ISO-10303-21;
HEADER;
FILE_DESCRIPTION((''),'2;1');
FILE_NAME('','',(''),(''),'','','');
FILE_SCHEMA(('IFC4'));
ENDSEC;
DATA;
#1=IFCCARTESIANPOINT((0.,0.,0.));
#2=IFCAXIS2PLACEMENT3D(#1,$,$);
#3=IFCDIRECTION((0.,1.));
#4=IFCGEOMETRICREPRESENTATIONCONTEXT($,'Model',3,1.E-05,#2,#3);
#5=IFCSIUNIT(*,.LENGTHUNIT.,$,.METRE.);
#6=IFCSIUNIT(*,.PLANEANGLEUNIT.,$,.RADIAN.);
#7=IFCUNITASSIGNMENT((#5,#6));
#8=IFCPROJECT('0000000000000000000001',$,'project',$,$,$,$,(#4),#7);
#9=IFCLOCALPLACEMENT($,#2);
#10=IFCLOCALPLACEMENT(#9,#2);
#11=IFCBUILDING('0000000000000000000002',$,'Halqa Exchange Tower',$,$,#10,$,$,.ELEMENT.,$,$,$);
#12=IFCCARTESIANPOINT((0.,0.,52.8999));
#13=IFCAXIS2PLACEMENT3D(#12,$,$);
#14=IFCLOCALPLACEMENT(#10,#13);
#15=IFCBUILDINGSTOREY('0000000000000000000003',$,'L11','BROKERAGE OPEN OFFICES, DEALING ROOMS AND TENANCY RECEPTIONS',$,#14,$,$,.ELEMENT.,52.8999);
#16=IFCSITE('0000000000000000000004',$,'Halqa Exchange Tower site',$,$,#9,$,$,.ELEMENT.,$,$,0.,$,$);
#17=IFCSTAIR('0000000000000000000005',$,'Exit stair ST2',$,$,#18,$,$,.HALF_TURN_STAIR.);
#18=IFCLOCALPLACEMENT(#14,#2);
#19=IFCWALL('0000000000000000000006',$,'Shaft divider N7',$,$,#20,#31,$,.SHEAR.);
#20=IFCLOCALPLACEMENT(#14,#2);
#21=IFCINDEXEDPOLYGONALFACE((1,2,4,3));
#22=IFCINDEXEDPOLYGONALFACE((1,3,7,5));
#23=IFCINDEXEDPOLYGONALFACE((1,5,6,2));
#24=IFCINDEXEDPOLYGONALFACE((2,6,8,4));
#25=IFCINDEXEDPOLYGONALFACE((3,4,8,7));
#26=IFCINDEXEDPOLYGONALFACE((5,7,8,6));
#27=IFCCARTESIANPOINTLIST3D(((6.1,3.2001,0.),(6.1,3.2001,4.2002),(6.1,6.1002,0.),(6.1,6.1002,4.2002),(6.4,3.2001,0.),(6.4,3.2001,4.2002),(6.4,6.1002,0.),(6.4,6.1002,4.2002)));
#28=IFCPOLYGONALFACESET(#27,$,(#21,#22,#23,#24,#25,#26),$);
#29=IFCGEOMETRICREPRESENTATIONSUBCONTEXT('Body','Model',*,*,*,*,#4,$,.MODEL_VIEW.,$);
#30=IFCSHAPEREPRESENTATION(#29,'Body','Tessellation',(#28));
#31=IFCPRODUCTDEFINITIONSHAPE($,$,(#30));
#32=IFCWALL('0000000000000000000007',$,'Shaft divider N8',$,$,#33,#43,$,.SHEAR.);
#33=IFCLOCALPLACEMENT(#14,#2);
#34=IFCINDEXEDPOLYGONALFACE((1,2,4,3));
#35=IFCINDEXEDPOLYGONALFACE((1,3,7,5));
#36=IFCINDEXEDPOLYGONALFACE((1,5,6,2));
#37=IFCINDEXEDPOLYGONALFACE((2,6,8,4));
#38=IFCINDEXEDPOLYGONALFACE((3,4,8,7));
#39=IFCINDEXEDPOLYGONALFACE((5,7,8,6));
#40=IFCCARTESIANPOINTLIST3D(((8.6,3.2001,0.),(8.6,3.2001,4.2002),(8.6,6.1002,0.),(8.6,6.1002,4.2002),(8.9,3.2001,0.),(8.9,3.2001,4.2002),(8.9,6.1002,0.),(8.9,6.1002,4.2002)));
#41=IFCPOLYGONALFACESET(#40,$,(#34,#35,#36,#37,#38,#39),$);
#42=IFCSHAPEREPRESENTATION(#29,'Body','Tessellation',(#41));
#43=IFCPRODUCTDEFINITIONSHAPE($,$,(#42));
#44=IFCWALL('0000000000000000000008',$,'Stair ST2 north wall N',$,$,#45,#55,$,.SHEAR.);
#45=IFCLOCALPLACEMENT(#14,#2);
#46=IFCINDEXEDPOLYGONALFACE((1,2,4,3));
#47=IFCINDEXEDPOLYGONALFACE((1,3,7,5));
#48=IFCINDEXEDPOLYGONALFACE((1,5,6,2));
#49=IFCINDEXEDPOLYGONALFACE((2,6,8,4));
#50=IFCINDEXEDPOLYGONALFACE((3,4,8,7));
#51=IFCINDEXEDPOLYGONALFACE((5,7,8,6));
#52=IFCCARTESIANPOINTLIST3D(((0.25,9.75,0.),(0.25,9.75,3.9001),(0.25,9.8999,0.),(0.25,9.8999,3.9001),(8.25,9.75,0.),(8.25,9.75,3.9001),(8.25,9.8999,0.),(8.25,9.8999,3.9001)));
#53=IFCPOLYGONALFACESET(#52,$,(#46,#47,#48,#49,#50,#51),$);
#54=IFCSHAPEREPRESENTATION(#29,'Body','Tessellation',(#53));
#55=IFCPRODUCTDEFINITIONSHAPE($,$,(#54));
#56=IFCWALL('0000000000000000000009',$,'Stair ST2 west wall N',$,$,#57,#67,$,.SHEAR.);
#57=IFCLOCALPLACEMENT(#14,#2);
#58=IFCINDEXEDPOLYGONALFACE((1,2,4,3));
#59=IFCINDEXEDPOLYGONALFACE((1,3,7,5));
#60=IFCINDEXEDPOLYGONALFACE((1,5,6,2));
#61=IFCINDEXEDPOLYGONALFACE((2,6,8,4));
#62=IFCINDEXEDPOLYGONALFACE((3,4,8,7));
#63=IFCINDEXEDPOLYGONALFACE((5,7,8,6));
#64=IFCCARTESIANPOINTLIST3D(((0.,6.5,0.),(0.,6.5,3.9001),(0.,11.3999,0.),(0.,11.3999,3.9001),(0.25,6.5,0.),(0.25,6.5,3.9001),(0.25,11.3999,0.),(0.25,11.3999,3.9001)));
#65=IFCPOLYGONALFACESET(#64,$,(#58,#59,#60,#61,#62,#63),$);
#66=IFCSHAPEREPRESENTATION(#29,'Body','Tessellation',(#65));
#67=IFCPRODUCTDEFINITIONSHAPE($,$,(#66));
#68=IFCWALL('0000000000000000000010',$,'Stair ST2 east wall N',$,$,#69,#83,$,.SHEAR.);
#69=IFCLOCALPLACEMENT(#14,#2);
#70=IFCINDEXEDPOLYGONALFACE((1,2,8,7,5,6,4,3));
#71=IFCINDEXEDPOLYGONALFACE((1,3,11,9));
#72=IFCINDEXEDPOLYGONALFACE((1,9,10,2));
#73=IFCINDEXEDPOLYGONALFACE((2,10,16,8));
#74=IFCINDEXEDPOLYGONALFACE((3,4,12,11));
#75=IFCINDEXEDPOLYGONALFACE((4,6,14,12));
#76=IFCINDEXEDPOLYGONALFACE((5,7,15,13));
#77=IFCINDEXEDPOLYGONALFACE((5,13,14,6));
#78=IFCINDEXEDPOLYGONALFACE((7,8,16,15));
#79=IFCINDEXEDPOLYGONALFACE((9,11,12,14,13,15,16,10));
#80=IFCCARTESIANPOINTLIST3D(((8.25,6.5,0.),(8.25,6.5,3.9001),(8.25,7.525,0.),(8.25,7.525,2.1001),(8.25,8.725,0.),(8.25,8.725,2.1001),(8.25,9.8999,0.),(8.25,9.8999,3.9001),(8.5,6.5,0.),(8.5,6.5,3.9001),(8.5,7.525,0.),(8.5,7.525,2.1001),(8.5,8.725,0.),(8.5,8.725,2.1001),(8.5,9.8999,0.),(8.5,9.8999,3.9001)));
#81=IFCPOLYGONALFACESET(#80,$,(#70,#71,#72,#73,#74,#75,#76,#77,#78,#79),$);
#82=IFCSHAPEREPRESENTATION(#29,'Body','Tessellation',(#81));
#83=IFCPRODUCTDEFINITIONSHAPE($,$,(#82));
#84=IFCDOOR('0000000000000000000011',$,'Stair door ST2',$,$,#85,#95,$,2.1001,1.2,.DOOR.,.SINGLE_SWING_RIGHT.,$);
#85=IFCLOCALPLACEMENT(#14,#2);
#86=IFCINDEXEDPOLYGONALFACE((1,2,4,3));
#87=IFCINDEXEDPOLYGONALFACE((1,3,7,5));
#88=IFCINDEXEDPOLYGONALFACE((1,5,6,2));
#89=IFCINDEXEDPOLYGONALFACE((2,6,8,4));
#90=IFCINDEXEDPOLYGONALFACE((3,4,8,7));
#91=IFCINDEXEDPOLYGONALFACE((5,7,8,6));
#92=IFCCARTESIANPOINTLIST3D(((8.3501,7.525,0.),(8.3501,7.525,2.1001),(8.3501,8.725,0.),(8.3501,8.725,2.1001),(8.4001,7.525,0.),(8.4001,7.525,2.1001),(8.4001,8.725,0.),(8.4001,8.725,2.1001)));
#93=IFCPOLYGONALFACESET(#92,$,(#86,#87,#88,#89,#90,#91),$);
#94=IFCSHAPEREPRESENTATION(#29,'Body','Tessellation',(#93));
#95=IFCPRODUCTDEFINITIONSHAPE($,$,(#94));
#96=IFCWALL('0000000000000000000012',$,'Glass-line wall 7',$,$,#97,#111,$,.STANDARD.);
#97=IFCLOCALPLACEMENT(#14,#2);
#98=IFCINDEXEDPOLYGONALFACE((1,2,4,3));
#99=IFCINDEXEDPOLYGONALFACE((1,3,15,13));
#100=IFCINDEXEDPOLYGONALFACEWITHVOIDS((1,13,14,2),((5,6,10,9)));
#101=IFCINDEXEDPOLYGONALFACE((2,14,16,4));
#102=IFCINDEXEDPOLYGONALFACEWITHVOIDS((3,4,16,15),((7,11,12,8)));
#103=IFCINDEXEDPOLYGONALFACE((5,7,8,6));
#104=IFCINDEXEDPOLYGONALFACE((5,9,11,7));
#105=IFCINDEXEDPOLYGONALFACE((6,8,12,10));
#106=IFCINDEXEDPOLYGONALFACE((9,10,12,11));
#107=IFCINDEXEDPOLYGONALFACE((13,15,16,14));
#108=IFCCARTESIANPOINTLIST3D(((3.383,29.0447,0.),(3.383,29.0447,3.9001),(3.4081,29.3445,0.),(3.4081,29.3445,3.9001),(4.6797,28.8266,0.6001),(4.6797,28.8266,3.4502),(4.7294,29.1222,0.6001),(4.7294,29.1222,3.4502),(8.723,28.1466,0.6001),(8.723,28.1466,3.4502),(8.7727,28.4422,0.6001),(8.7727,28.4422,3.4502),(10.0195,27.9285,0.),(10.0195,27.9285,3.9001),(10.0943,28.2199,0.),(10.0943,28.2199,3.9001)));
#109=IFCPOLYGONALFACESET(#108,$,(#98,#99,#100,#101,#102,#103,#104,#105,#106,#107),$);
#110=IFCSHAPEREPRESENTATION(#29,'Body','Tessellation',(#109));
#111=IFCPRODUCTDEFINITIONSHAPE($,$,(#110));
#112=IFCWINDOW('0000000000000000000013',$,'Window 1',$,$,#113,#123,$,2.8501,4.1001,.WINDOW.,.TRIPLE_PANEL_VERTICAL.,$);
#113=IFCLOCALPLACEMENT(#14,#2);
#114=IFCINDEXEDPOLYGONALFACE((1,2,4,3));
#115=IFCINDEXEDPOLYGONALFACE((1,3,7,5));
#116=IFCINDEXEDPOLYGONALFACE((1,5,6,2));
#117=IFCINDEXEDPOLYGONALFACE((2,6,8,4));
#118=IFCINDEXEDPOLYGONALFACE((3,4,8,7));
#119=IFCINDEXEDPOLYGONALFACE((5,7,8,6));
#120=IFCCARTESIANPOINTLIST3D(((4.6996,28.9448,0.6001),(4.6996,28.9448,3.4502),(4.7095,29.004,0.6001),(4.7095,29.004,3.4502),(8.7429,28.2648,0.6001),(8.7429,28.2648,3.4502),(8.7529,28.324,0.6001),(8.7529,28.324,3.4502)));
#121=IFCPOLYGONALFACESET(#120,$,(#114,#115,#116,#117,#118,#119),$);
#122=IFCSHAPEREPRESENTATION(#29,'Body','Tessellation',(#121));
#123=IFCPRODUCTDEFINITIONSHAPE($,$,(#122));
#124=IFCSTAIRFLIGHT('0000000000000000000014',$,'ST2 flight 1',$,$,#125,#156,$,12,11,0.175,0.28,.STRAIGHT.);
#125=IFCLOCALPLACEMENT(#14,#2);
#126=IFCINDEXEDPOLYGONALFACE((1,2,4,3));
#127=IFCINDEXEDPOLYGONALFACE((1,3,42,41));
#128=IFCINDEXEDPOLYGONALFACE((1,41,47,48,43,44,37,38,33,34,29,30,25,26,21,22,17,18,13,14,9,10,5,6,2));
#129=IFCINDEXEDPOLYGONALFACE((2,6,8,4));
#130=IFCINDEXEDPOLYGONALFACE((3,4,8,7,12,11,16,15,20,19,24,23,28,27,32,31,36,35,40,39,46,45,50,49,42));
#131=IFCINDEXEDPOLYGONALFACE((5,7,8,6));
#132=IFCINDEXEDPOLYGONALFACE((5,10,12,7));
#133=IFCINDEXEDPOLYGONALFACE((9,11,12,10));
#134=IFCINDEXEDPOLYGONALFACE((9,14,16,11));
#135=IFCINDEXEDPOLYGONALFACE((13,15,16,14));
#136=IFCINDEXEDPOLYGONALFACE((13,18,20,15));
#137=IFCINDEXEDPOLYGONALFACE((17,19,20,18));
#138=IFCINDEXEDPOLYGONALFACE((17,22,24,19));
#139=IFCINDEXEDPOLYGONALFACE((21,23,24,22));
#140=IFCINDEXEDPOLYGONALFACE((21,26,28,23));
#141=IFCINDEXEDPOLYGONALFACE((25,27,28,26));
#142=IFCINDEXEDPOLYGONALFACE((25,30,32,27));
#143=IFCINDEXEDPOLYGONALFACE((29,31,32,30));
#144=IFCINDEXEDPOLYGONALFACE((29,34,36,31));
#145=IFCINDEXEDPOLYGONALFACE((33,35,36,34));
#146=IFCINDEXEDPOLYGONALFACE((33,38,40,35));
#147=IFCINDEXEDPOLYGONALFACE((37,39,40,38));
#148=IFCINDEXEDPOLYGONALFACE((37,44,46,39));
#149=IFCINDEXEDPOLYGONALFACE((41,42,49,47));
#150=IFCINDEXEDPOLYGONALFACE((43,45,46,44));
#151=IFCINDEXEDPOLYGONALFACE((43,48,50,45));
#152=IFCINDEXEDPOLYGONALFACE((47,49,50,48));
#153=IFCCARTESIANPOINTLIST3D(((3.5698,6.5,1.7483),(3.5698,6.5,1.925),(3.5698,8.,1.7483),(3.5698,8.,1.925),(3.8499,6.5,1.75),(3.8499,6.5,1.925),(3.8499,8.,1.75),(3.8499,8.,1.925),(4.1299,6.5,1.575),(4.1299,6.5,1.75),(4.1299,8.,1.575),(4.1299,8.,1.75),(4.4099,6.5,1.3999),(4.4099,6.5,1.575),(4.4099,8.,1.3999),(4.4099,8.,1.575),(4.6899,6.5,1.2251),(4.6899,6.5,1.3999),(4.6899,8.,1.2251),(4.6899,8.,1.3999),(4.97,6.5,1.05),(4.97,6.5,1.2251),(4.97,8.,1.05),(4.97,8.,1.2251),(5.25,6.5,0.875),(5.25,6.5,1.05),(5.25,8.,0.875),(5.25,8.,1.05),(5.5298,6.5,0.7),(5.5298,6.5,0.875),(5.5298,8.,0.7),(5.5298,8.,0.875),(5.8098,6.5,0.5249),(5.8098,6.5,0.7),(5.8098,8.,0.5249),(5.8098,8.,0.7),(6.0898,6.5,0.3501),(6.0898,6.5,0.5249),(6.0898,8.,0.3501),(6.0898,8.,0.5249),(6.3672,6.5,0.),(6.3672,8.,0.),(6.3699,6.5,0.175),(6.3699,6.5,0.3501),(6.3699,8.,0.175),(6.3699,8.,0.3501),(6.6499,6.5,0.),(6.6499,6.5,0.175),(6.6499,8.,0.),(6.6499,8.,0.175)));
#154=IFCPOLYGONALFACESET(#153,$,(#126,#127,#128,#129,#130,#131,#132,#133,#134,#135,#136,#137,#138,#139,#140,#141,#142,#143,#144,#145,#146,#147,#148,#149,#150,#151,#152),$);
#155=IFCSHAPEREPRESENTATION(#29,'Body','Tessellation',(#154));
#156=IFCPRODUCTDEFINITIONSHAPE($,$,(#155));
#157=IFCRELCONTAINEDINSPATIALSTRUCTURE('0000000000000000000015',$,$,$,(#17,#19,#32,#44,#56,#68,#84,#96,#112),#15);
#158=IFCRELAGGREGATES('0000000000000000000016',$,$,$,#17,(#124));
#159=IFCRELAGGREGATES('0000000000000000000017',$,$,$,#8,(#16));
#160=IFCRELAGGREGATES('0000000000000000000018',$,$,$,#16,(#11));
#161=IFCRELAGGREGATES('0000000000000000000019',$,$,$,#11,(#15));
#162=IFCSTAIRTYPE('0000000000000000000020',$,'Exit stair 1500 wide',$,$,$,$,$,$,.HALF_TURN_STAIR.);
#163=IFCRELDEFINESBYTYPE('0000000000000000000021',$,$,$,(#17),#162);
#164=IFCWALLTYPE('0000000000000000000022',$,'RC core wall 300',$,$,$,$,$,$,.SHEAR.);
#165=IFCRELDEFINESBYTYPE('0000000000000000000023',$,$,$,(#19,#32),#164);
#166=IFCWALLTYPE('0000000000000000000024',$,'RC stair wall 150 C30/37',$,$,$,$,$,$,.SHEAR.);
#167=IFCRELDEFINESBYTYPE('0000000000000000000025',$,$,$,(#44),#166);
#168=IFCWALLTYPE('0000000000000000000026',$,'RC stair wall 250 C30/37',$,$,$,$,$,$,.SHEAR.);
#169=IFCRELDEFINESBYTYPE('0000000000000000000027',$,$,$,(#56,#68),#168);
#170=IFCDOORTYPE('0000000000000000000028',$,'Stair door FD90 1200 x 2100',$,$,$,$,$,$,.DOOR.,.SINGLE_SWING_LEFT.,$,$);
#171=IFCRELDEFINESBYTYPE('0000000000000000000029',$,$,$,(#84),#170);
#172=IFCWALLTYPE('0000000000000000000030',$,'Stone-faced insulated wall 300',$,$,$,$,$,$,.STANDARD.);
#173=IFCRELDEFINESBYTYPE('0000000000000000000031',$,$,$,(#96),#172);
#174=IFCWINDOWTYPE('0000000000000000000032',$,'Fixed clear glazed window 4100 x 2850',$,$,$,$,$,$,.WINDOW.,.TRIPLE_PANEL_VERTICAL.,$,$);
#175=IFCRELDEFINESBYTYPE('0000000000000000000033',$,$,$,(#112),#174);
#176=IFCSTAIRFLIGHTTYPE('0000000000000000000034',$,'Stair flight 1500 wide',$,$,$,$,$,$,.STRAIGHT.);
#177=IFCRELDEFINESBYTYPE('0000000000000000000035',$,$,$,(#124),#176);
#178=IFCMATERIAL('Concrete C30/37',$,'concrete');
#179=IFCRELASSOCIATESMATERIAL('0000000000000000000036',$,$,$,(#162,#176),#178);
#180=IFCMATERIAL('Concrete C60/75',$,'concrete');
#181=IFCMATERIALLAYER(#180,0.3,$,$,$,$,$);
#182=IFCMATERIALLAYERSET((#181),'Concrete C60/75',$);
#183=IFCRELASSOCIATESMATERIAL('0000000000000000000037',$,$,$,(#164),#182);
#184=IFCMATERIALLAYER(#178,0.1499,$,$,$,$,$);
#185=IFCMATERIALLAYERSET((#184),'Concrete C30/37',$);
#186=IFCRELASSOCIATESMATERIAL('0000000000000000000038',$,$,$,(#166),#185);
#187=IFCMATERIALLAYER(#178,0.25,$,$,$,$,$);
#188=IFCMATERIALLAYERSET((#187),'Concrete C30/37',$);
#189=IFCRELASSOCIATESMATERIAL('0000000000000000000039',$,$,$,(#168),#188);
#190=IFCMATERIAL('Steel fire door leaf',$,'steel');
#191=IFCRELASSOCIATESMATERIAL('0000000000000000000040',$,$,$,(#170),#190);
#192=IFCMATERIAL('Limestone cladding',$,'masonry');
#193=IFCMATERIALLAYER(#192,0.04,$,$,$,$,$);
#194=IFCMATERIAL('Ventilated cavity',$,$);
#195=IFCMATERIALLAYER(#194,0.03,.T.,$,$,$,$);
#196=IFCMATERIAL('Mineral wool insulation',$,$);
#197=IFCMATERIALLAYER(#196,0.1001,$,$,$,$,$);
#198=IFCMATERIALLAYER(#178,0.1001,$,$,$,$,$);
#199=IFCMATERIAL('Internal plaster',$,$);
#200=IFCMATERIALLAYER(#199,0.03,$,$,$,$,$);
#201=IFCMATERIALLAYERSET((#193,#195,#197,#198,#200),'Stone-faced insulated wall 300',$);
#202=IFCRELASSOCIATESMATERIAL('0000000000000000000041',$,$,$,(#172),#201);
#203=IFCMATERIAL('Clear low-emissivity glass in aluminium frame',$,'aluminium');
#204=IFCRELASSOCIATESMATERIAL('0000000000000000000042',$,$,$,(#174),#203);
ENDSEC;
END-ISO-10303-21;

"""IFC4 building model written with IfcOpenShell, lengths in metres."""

from ifc_helpers import new_model, si_unit, direction, frame, frame_2d, origin, place, context, subcontext, project, spatial, polyline, rectangle, outline, extrude, material, layer, layer_set, type_object, element, fill, aggregate, save


model = new_model("IFC4")

# Units and contexts
model_context = context("Model", 3, precision=1e-05, world=origin(), true_north=direction((0.0, 1.0)))
body_context = subcontext(model_context, "Body", "Model", "MODEL_VIEW")
ifc_project = project(units=[si_unit("LENGTHUNIT", "METRE"), si_unit("PLANEANGLEUNIT", "RADIAN")], contexts=[model_context])

# Site, building, storey
site_placement = place(None, origin())
site = spatial("IfcSite", under=ifc_project, at=site_placement, Name="Halqa Exchange Tower site", CompositionType="ELEMENT", RefElevation=0.0)
building_placement = place(site_placement, origin())
building = spatial("IfcBuilding", under=site, at=building_placement, Name="Halqa Exchange Tower", CompositionType="ELEMENT")
storey_placement = place(building_placement, frame((0.0, 0.0, 52.8999)))
storey = spatial("IfcBuildingStorey", under=building, at=storey_placement, Name="L11", Description="BROKERAGE OPEN OFFICES, DEALING ROOMS AND TENANCY RECEPTIONS", CompositionType="ELEMENT", Elevation=52.8999)

# Shared definitions
ifc_material_1 = material(Name="Concrete C60/75", Category="concrete")

# Stair
ifc_material_2 = material(Name="Concrete C30/37", Category="concrete")
stair_type = type_object("IfcStairType", Name="Exit stair 1500 wide", PredefinedType="HALF_TURN_STAIR", material=ifc_material_2)
stair_1_placement = place(storey_placement, origin())
stair_1 = element("IfcStair", 1, at=stair_1_placement, inside=storey, type_object=stair_type, Name="Exit stair ST2", PredefinedType="HALF_TURN_STAIR")

# Walls
ifc_layer_1 = layer(ifc_material_1, 0.3)
ifc_layer_set_1 = layer_set([ifc_layer_1], Name="Concrete C60/75")
wall_type_1 = type_object("IfcWallType", Name="RC core wall 300", PredefinedType="SHEAR", material=ifc_layer_set_1)
for number, where, z_axis, x_axis, name in (
    (2, (6.25, 3.2, 0.0), (0.0, 0.0, 1.0), (0.0, 1.0, 0.0), "Shaft divider N7"),
    (3, (8.75, 3.2, 0.0), (0.0, 0.0, 1.0), (0.0, 1.0, 0.0), "Shaft divider N8"),
):
    element("IfcWall", number, at=place(storey_placement, frame(where, z_axis=z_axis, x_axis=x_axis)), inside=storey, type_object=wall_type_1, Name=name, PredefinedType="SHEAR", context=body_context, shape_type="SweptSolid", body=[
        extrude(rectangle(XDim=2.9001, YDim=0.3, at=frame_2d((1.4502, 0.0))), origin(), (0.0, 0.0, 1.0), 4.2002),
    ])
ifc_layer_2 = layer(ifc_material_2, 0.1499)
ifc_layer_set_2 = layer_set([ifc_layer_2], Name="Concrete C30/37")
wall_type_2 = type_object("IfcWallType", Name="RC stair wall 150 C30/37", PredefinedType="SHEAR", material=ifc_layer_set_2)
wall_1_placement = place(storey_placement, frame((0.25, 9.825, 0.0), z_axis=(0.0, 0.0, 1.0), x_axis=(1.0, 0.0, 0.0)))
element("IfcWall", 4, at=wall_1_placement, inside=storey, type_object=wall_type_2, Name="Stair ST2 north wall N", PredefinedType="SHEAR", context=body_context, shape_type="SweptSolid", body=[
    extrude(rectangle(XDim=8.0, YDim=0.1499, at=frame_2d((4.0, 0.0))), origin(), (0.0, 0.0, 1.0), 3.9001),
])
ifc_layer_3 = layer(ifc_material_2, 0.25)
ifc_layer_set_3 = layer_set([ifc_layer_3], Name="Concrete C30/37")
wall_type_3 = type_object("IfcWallType", Name="RC stair wall 250 C30/37", PredefinedType="SHEAR", material=ifc_layer_set_3)
wall_2_placement = place(storey_placement, frame((0.125, 6.5, 0.0), z_axis=(0.0, 0.0, 1.0), x_axis=(0.0, 1.0, 0.0)))
element("IfcWall", 5, at=wall_2_placement, inside=storey, type_object=wall_type_3, Name="Stair ST2 west wall N", PredefinedType="SHEAR", context=body_context, shape_type="SweptSolid", body=[
    extrude(rectangle(XDim=4.8999, YDim=0.25, at=frame_2d((2.45, 0.0))), origin(), (0.0, 0.0, 1.0), 3.9001),
])

# Wall, opening, door
wall_3_placement = place(storey_placement, frame((8.375, 6.5, 0.0), z_axis=(0.0, 0.0, 1.0), x_axis=(0.0, 1.0, 0.0)))
wall_3 = element("IfcWall", 6, at=wall_3_placement, inside=storey, type_object=wall_type_3, Name="Stair ST2 east wall N", PredefinedType="SHEAR", context=body_context, shape_type="SweptSolid", body=[
    extrude(rectangle(XDim=3.3999, YDim=0.25, at=frame_2d((1.7, 0.0))), origin(), (0.0, 0.0, 1.0), 3.9001),
])
opening_1_placement = place(wall_3_placement, frame((1.0249, 0.0, 0.0)))
opening_1 = element("IfcOpeningElement", 7, at=opening_1_placement, cuts=wall_3, PredefinedType="OPENING", context=body_context, shape_type="SweptSolid", body=[
    extrude(rectangle(XDim=1.2, YDim=2.1001, at=frame_2d((0.6001, 1.05))), frame((0.0, 0.137, 0.0), z_axis=(0.0, -1.0, 0.0), x_axis=(1.0, 0.0, 0.0)), (0.0, 0.0, 1.0), 0.2739),
])
ifc_material_3 = material(Name="Steel fire door leaf", Category="steel")
door_type_1 = type_object("IfcDoorType", Name="Stair door FD90 1200 x 2100", OperationType="SINGLE_SWING_LEFT", PredefinedType="DOOR", material=ifc_material_3)
door_1_placement = place(opening_1_placement, origin())
door_1 = element("IfcDoor", 8, at=door_1_placement, inside=storey, type_object=door_type_1, Name="Stair door ST2", OperationType="SINGLE_SWING_RIGHT", OverallHeight=2.1001, OverallWidth=1.2, PredefinedType="DOOR", context=body_context, shape_type="SweptSolid", body=[
    extrude(rectangle(XDim=1.2, YDim=2.1001, at=frame_2d((0.6001, 1.05))), frame((0.0, 0.0249, 0.0), z_axis=(0.0, -1.0, 0.0), x_axis=(1.0, 0.0, 0.0)), (0.0, 0.0, 1.0), 0.05),
])
fill(opening_1, door_1)

# Wall, opening, window
ifc_material_4 = material(Name="Limestone cladding", Category="masonry")
ifc_layer_4 = layer(ifc_material_4, 0.04)
ifc_material_5 = material(Name="Ventilated cavity")
ifc_layer_5 = layer(ifc_material_5, 0.03, ventilated=True)
ifc_material_6 = material(Name="Mineral wool insulation")
ifc_layer_6 = layer(ifc_material_6, 0.1001)
ifc_layer_7 = layer(ifc_material_2, 0.1001)
ifc_material_7 = material(Name="Internal plaster")
ifc_layer_8 = layer(ifc_material_7, 0.03)
ifc_layer_set_4 = layer_set([ifc_layer_4, ifc_layer_5, ifc_layer_6, ifc_layer_7, ifc_layer_8], Name="Stone-faced insulated wall 300")
wall_type_4 = type_object("IfcWallType", Name="Stone-faced insulated wall 300", PredefinedType="STANDARD", material=ifc_layer_set_4)
wall_4_placement = place(storey_placement, frame((10.0569, 28.0742, 0.0), z_axis=(0.0, 0.0, 1.0), x_axis=(-0.98615, 0.165858, 0.0)))
wall_4 = element("IfcWall", 9, at=wall_4_placement, inside=storey, type_object=wall_type_4, Name="Glass-line wall 7", PredefinedType="STANDARD", context=body_context, shape_type="SweptSolid", body=[
    extrude(outline(polyline([(-0.0127, -0.1499), (6.7673, -0.1499), (6.7424, 0.1499), (0.0127, 0.1499), (-0.0127, -0.1499)])), origin(), (0.0, 0.0, 1.0), 3.9001),
])
opening_2_placement = place(wall_4_placement, frame((1.3274, 0.0, 0.6001)))
opening_2 = element("IfcOpeningElement", 10, at=opening_2_placement, cuts=wall_4, PredefinedType="OPENING", context=body_context, shape_type="SweptSolid", body=[
    extrude(rectangle(XDim=4.1001, YDim=2.8501, at=frame_2d((2.05, 1.425))), frame((0.0, 0.1621, 0.0), z_axis=(0.0, -1.0, 0.0), x_axis=(1.0, 0.0, 0.0)), (0.0, 0.0, 1.0), 0.324),
])
ifc_material_8 = material(Name="Clear low-emissivity glass in aluminium frame", Category="aluminium")
window_type = type_object("IfcWindowType", Name="Fixed clear glazed window 4100 x 2850", PartitioningType="TRIPLE_PANEL_VERTICAL", PredefinedType="WINDOW", material=ifc_material_8)
window_placement = place(opening_2_placement, origin())
window = element("IfcWindow", 11, at=window_placement, inside=storey, type_object=window_type, Name="Window 1", OverallHeight=2.8501, OverallWidth=4.1001, PartitioningType="TRIPLE_PANEL_VERTICAL", PredefinedType="WINDOW", context=body_context, shape_type="SweptSolid", body=[
    extrude(rectangle(XDim=4.1001, YDim=2.8501, at=frame_2d((2.05, 1.425))), frame((0.0, 0.03, 0.0), z_axis=(0.0, -1.0, 0.0), x_axis=(1.0, 0.0, 0.0)), (0.0, 0.0, 1.0), 0.0601),
])
fill(opening_2, window)

# Stair flight
stair_flight_type = type_object("IfcStairFlightType", Name="Stair flight 1500 wide", PredefinedType="STRAIGHT", material=ifc_material_2)
stair_flight_1_placement = place(storey_placement, frame((6.6499, 7.25, 0.0), z_axis=(0.0, 0.0, 1.0), x_axis=(-1.0, 0.0, 0.0)))
stair_flight_1 = element("IfcStairFlight", 12, at=stair_flight_1_placement, type_object=stair_flight_type, Name="ST2 flight 1", NumberOfRisers=12, NumberOfTreads=11, PredefinedType="STRAIGHT", RiserHeight=0.175, TreadLength=0.28, context=body_context, shape_type="SweptSolid", body=[
    extrude(outline(polyline([(0.0, 0.0), (0.0, 0.175), (0.28, 0.175), (0.28, 0.3501), (0.5601, 0.3501), (0.5601, 0.5249), (0.8401, 0.5249), (0.8401, 0.7), (1.1201, 0.7), (1.1201, 0.875), (1.3999, 0.875), (1.3999, 1.05), (1.6799, 1.05), (1.6799, 1.2251), (1.96, 1.2251), (1.96, 1.3999), (2.24, 1.3999), (2.24, 1.575), (2.52, 1.575), (2.52, 1.75), (2.8, 1.75), (2.8, 1.925), (3.0801, 1.925), (3.0801, 2.1001), (3.0801, 1.7483), (0.2827, 0.0), (0.0, 0.0)])), frame((0.0, 0.75, 0.0), z_axis=(0.0, -1.0, 0.0), x_axis=(1.0, 0.0, 0.0)), (0.0, 0.0, 1.0), 1.5),
])
aggregate(stair_1, [stair_flight_1])

save(model, "model.ifc")
